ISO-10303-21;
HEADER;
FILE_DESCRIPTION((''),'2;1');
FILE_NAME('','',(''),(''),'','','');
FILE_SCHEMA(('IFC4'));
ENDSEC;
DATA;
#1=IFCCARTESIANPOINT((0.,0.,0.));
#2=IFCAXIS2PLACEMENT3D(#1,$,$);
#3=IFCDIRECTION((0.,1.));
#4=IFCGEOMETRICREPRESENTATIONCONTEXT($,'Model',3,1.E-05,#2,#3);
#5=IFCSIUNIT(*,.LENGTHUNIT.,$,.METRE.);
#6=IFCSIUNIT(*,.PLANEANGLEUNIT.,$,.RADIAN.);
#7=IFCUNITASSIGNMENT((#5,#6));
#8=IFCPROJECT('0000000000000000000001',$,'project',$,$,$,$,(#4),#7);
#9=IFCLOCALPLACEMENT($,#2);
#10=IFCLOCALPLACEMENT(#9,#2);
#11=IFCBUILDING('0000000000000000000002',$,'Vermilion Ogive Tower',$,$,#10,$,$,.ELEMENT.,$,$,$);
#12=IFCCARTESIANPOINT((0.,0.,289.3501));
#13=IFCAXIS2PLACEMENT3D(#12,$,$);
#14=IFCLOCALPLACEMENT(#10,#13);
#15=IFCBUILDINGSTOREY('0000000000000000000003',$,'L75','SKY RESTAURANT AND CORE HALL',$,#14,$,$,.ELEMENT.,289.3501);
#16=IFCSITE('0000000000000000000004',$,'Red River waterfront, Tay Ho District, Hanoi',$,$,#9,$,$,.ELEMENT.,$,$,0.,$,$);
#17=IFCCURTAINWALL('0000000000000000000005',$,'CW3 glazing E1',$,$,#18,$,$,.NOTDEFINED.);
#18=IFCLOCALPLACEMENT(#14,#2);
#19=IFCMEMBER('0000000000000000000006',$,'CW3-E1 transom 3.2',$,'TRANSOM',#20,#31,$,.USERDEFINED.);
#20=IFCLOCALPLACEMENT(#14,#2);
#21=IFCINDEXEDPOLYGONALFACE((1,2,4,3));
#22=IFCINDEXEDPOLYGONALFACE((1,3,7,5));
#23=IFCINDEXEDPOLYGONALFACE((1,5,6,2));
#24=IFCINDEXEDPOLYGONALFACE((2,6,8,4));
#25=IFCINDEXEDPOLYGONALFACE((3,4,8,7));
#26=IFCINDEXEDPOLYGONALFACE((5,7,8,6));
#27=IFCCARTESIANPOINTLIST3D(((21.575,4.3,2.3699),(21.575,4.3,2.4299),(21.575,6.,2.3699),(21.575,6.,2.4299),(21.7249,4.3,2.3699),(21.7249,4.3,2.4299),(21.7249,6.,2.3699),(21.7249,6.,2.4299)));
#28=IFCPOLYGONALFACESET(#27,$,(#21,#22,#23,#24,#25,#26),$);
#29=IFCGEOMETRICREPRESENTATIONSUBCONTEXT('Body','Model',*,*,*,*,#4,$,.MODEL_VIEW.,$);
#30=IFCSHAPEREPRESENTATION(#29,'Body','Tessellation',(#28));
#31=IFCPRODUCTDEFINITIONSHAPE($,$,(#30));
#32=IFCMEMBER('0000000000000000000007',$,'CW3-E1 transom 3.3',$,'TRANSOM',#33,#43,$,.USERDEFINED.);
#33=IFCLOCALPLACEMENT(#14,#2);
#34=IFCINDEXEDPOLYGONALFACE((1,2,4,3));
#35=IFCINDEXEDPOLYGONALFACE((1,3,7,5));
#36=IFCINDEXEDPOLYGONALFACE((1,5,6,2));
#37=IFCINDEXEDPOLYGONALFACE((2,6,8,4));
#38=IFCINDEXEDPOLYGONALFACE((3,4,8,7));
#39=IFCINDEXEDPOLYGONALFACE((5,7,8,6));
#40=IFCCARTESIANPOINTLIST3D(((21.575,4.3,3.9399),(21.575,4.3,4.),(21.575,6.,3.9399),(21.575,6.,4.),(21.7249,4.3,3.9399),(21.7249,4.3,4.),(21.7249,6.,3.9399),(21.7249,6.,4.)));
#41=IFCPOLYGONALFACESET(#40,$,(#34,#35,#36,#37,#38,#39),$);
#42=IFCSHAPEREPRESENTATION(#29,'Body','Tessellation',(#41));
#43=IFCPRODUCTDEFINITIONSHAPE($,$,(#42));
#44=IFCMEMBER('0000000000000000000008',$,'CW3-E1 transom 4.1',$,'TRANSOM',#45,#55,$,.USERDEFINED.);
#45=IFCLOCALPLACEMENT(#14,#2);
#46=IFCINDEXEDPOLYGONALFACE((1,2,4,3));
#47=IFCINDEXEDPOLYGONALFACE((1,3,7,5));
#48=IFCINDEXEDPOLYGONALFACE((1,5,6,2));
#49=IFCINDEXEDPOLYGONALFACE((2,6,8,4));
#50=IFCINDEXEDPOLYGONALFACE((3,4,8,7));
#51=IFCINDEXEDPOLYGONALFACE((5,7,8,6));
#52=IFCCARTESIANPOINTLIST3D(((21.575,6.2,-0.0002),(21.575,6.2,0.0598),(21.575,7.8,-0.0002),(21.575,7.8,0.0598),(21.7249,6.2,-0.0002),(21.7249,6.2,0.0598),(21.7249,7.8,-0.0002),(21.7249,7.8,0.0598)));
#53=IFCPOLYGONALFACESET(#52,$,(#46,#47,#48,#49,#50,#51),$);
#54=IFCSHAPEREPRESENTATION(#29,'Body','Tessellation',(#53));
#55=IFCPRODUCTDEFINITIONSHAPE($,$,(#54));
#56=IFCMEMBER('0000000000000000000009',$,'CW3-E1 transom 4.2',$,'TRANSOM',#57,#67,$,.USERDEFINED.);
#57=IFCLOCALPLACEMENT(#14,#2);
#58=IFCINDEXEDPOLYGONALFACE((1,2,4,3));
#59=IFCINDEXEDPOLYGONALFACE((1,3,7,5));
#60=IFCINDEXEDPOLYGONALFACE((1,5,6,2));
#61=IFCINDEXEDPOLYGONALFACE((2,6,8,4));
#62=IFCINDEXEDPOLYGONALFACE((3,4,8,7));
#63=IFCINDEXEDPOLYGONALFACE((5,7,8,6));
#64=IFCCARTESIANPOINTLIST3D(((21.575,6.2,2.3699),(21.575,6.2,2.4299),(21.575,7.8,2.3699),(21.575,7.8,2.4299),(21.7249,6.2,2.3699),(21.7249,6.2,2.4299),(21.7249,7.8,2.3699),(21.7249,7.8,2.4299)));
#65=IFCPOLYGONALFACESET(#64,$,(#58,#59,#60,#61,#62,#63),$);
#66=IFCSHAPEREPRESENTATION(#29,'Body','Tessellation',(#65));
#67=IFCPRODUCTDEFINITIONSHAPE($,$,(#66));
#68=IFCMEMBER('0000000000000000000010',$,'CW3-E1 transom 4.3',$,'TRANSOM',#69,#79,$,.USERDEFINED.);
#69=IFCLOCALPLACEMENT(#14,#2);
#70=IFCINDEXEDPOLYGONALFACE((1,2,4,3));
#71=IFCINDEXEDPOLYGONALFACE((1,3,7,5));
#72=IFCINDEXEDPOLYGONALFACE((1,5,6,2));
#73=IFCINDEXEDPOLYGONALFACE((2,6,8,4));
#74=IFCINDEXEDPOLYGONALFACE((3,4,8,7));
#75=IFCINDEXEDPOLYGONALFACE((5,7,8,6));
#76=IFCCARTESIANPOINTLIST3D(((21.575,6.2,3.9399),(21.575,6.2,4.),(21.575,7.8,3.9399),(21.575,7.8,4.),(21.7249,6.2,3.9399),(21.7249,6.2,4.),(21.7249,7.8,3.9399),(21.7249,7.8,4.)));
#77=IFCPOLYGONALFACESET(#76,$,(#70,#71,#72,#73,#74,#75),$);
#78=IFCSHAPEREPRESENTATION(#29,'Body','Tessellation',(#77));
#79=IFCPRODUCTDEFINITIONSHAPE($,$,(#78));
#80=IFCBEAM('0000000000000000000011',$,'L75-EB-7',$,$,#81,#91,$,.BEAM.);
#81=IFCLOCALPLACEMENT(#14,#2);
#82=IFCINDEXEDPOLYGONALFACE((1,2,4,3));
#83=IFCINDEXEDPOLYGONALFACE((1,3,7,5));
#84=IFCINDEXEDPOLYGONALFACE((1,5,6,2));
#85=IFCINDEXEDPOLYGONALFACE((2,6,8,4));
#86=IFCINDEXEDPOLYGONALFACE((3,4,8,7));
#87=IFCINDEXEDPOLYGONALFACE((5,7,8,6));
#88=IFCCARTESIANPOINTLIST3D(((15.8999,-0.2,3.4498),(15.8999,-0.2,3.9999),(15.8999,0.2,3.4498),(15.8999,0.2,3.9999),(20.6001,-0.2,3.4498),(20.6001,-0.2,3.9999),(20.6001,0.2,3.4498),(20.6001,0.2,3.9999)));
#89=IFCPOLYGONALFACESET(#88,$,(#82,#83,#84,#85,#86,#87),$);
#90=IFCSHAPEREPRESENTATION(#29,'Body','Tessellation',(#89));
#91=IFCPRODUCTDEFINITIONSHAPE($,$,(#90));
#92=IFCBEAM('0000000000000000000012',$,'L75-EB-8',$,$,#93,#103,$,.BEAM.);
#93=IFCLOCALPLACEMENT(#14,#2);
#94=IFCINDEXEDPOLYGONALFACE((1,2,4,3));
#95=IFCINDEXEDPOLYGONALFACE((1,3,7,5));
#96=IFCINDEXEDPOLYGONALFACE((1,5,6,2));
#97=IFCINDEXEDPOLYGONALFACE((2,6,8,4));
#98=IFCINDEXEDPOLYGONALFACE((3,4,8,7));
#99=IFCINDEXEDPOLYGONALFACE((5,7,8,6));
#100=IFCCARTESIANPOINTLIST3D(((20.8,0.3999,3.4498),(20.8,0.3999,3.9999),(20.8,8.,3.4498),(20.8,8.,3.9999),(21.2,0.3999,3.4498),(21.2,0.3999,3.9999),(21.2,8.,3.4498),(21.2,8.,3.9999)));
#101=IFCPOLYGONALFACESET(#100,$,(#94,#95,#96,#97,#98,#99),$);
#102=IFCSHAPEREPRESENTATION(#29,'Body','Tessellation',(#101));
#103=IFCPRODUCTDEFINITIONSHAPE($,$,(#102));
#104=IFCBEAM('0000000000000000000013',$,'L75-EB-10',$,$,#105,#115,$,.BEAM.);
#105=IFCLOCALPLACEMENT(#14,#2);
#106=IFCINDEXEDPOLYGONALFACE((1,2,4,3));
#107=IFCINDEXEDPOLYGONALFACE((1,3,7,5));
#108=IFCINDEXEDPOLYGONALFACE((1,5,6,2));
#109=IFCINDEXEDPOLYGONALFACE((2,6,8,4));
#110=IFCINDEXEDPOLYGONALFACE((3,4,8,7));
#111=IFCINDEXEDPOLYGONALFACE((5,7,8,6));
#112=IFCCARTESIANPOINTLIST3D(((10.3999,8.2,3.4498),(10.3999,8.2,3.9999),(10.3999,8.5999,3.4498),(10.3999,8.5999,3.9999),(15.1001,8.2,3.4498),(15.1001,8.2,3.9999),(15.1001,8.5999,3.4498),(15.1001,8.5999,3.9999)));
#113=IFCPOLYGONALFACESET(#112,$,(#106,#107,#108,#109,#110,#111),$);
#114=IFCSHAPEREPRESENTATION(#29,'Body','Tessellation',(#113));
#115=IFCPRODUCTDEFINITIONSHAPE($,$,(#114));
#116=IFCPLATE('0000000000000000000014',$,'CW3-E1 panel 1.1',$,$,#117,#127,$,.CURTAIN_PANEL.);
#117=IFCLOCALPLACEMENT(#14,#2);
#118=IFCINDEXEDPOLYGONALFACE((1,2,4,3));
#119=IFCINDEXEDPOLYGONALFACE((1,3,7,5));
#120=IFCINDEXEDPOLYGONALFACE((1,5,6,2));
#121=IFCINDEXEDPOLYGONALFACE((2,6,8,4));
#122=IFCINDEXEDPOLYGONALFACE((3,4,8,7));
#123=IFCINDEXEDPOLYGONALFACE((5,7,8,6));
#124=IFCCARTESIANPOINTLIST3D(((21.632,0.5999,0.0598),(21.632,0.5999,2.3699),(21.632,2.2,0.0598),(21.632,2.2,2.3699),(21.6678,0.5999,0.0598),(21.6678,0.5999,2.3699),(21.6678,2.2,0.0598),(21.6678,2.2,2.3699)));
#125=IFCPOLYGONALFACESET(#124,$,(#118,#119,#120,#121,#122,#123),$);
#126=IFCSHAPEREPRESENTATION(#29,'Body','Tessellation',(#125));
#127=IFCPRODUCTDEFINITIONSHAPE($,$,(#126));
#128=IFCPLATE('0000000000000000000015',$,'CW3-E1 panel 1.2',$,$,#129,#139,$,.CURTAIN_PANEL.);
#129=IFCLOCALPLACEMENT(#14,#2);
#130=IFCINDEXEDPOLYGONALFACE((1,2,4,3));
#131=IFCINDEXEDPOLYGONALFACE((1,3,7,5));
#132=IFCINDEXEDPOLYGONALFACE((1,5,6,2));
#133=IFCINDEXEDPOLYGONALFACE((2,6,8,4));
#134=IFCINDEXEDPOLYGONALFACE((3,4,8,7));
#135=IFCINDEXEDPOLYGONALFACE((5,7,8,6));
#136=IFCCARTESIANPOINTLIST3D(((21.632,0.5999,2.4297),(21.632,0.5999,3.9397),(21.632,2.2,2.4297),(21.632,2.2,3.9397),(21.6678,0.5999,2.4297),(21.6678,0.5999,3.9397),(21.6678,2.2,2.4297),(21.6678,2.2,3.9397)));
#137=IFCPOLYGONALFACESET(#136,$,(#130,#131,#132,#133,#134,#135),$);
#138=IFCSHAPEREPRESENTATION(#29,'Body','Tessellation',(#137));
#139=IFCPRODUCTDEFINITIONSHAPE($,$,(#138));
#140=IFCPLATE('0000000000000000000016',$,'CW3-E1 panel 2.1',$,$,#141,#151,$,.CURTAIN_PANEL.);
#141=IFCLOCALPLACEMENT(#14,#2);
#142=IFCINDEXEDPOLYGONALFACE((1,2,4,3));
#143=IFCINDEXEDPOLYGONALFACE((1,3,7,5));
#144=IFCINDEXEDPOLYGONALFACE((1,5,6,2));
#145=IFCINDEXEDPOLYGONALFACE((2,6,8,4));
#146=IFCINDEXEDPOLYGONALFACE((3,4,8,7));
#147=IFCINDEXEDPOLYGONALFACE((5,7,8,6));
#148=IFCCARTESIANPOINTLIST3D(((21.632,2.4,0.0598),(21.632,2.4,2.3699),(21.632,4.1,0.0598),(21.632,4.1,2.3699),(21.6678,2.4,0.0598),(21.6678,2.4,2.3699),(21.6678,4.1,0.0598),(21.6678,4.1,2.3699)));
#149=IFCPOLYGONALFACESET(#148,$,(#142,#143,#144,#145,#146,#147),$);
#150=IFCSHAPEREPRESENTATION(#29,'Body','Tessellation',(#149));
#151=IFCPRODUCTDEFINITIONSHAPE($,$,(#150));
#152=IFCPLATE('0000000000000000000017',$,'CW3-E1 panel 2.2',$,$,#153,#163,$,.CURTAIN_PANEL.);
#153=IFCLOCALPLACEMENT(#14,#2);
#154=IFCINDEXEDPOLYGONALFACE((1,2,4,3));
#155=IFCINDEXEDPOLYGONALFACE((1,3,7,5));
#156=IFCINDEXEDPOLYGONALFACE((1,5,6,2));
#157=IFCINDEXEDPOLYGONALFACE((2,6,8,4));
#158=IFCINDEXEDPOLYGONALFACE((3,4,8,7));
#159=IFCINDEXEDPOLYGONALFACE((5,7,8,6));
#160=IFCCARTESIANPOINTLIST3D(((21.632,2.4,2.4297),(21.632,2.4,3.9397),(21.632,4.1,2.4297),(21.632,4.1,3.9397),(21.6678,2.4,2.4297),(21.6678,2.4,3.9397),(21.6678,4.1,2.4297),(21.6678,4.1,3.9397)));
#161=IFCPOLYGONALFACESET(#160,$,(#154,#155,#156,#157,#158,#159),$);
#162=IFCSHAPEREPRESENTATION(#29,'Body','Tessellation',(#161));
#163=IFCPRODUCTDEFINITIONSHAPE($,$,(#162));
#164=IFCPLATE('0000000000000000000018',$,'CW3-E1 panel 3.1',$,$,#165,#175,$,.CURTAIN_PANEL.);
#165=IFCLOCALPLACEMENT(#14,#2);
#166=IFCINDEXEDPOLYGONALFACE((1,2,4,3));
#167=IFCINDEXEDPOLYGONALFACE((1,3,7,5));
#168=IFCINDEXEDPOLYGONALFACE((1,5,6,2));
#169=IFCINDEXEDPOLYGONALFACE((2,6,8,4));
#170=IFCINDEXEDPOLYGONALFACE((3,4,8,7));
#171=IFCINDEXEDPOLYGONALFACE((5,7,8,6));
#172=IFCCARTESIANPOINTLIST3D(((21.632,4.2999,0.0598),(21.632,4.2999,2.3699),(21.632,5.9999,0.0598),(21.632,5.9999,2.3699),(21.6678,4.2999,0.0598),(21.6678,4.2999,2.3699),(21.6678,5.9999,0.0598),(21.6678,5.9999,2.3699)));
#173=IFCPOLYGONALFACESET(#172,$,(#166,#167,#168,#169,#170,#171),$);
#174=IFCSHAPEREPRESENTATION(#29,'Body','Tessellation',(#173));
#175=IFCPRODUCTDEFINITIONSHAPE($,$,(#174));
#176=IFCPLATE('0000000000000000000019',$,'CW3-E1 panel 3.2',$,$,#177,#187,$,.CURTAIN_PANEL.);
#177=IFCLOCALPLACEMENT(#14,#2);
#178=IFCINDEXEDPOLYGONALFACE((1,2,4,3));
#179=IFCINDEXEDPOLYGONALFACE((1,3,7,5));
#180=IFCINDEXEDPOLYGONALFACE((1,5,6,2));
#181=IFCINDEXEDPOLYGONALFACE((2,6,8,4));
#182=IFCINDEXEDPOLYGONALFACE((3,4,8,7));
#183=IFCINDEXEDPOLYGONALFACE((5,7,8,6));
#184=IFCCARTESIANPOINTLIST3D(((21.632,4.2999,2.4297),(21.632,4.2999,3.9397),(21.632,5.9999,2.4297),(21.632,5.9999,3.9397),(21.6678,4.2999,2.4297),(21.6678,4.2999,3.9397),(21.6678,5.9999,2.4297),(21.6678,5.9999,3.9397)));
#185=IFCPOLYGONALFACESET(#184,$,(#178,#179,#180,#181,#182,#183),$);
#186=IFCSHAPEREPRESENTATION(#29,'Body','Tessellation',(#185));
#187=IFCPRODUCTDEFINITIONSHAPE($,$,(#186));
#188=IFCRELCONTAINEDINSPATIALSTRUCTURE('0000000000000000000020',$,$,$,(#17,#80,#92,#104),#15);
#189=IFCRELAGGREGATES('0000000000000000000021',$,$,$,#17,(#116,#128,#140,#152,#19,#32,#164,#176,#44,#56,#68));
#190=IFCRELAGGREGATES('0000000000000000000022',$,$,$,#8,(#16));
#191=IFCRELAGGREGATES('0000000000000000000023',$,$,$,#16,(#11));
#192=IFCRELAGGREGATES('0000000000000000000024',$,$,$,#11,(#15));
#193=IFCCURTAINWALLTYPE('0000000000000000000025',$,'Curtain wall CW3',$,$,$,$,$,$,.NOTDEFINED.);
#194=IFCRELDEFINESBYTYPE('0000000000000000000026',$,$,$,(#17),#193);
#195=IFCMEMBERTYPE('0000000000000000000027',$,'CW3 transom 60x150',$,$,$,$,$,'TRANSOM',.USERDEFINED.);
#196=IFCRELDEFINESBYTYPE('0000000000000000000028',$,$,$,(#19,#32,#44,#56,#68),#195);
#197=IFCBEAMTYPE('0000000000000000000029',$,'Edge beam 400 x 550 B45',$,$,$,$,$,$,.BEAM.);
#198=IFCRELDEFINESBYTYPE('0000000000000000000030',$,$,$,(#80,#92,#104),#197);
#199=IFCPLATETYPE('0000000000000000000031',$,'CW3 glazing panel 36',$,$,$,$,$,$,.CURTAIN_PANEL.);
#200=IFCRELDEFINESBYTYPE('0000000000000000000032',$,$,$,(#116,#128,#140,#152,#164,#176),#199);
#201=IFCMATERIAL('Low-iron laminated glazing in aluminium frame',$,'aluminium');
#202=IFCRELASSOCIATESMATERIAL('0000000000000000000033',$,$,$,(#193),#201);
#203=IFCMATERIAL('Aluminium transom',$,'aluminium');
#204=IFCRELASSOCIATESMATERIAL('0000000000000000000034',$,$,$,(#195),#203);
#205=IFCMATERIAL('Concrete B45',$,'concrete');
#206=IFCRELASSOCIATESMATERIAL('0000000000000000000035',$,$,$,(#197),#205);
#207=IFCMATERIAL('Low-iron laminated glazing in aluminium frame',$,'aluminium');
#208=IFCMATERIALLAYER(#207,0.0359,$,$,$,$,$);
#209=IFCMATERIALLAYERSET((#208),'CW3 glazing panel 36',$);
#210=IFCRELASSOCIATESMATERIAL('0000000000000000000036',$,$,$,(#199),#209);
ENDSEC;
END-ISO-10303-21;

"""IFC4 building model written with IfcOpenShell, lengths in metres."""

from ifc_helpers import new_model, si_unit, direction, frame, origin, origin_2d, place, context, subcontext, project, spatial, rectangle, extrude, material, layer, layer_set, material_profile, profile_set, type_object, element, aggregate, save


model = new_model("IFC4")

# Units and contexts
model_context = context("Model", 3, precision=1e-05, world=origin(), true_north=direction((0.0, 1.0)))
body_context = subcontext(model_context, "Body", "Model", "MODEL_VIEW")
ifc_project = project(units=[si_unit("LENGTHUNIT", "METRE"), si_unit("PLANEANGLEUNIT", "RADIAN")], contexts=[model_context])

# Site, building, storey
site_placement = place(None, origin())
site = spatial("IfcSite", under=ifc_project, at=site_placement, Name="Red River waterfront, Tay Ho District, Hanoi", CompositionType="ELEMENT", RefElevation=0.0)
building_placement = place(site_placement, origin())
building = spatial("IfcBuilding", under=site, at=building_placement, Name="Vermilion Ogive Tower", CompositionType="ELEMENT")
storey_placement = place(building_placement, frame((0.0, 0.0, 289.3501)))
storey = spatial("IfcBuildingStorey", under=building, at=storey_placement, Name="L75", Description="SKY RESTAURANT AND CORE HALL", CompositionType="ELEMENT", Elevation=289.3501)

# Curtain wall, members
ifc_material_1 = material(Name="Low-iron laminated glazing in aluminium frame", Category="aluminium")
curtain_wall_type = type_object("IfcCurtainWallType", Name="Curtain wall CW3", PredefinedType="NOTDEFINED", material=ifc_material_1)
curtain_wall_placement = place(storey_placement, origin())
curtain_wall = element("IfcCurtainWall", 1, at=curtain_wall_placement, inside=storey, type_object=curtain_wall_type, Name="CW3 glazing E1", PredefinedType="NOTDEFINED")
ifc_material_2 = material(Name="Aluminium transom", Category="aluminium")
ifc_material_profile_1 = material_profile(ifc_material_2, rectangle(XDim=0.1499, YDim=0.0601, at=origin_2d()), Name="AL 60x150")
ifc_profile_set_1 = profile_set([ifc_material_profile_1], Name="Aluminium transom")
member_type_1 = type_object("IfcMemberType", Name="CW3 transom 60x150", ElementType="TRANSOM", PredefinedType="USERDEFINED", material=ifc_profile_set_1)
member_1_placement = place(storey_placement, frame((21.6499, 4.3, 2.3999), z_axis=(0.0, 1.0, 0.0), x_axis=(-1.0, 0.0, 0.0)))
member_1 = element("IfcMember", 2, at=member_1_placement, type_object=member_type_1, Name="CW3-E1 transom 3.2", ObjectType="TRANSOM", PredefinedType="USERDEFINED", context=body_context, shape_type="SweptSolid", body=[
    extrude(rectangle(XDim=0.1499, YDim=0.0601, at=origin_2d()), origin(), (0.0, 0.0, 1.0), 1.7),
])
member_2_placement = place(storey_placement, frame((21.6499, 4.3, 3.97), z_axis=(0.0, 1.0, 0.0), x_axis=(-1.0, 0.0, 0.0)))
member_2 = element("IfcMember", 3, at=member_2_placement, type_object=member_type_1, Name="CW3-E1 transom 3.3", ObjectType="TRANSOM", PredefinedType="USERDEFINED", context=body_context, shape_type="SweptSolid", body=[
    extrude(rectangle(XDim=0.1499, YDim=0.0601, at=origin_2d()), origin(), (0.0, 0.0, 1.0), 1.7),
])
member_3_placement = place(storey_placement, frame((21.6499, 6.2, 0.0298), z_axis=(0.0, 1.0, 0.0), x_axis=(-1.0, 0.0, 0.0)))
member_3 = element("IfcMember", 4, at=member_3_placement, type_object=member_type_1, Name="CW3-E1 transom 4.1", ObjectType="TRANSOM", PredefinedType="USERDEFINED", context=body_context, shape_type="SweptSolid", body=[
    extrude(rectangle(XDim=0.1499, YDim=0.0601, at=origin_2d()), origin(), (0.0, 0.0, 1.0), 1.6001),
])
member_4_placement = place(storey_placement, frame((21.6499, 6.2, 2.3999), z_axis=(0.0, 1.0, 0.0), x_axis=(-1.0, 0.0, 0.0)))
member_4 = element("IfcMember", 5, at=member_4_placement, type_object=member_type_1, Name="CW3-E1 transom 4.2", ObjectType="TRANSOM", PredefinedType="USERDEFINED", context=body_context, shape_type="SweptSolid", body=[
    extrude(rectangle(XDim=0.1499, YDim=0.0601, at=origin_2d()), origin(), (0.0, 0.0, 1.0), 1.6001),
])
member_5_placement = place(storey_placement, frame((21.6499, 6.2, 3.97), z_axis=(0.0, 1.0, 0.0), x_axis=(-1.0, 0.0, 0.0)))
member_5 = element("IfcMember", 6, at=member_5_placement, type_object=member_type_1, Name="CW3-E1 transom 4.3", ObjectType="TRANSOM", PredefinedType="USERDEFINED", context=body_context, shape_type="SweptSolid", body=[
    extrude(rectangle(XDim=0.1499, YDim=0.0601, at=origin_2d()), origin(), (0.0, 0.0, 1.0), 1.6001),
])

# Beams
ifc_material_3 = material(Name="Concrete B45", Category="concrete")
ifc_material_profile_2 = material_profile(ifc_material_3, rectangle(XDim=0.3999, YDim=0.55, at=origin_2d()), Name="400 x 550")
ifc_profile_set_2 = profile_set([ifc_material_profile_2], Name="Concrete B45")
beam_type = type_object("IfcBeamType", Name="Edge beam 400 x 550 B45", PredefinedType="BEAM", material=ifc_profile_set_2)
beam_1_placement = place(storey_placement, frame((15.8999, 0.0, 3.7249), z_axis=(1.0, 0.0, 0.0), x_axis=(0.0, 1.0, 0.0)))
element("IfcBeam", 7, at=beam_1_placement, inside=storey, type_object=beam_type, Name="L75-EB-7", PredefinedType="BEAM", context=body_context, shape_type="SweptSolid", body=[
    extrude(rectangle(XDim=0.3999, YDim=0.55, at=origin_2d()), origin(), (0.0, 0.0, 1.0), 4.7002),
])
beam_2_placement = place(storey_placement, frame((21.0, 0.3999, 3.7249), z_axis=(0.0, 1.0, 0.0), x_axis=(-1.0, 0.0, 0.0)))
element("IfcBeam", 8, at=beam_2_placement, inside=storey, type_object=beam_type, Name="L75-EB-8", PredefinedType="BEAM", context=body_context, shape_type="SweptSolid", body=[
    extrude(rectangle(XDim=0.3999, YDim=0.55, at=origin_2d()), origin(), (0.0, 0.0, 1.0), 7.6001),
])
beam_3_placement = place(storey_placement, frame((15.1001, 8.3999, 3.7249), z_axis=(-1.0, 0.0, 0.0), x_axis=(0.0, -1.0, 0.0)))
element("IfcBeam", 9, at=beam_3_placement, inside=storey, type_object=beam_type, Name="L75-EB-10", PredefinedType="BEAM", context=body_context, shape_type="SweptSolid", body=[
    extrude(rectangle(XDim=0.3999, YDim=0.55, at=origin_2d()), origin(), (0.0, 0.0, 1.0), 4.7002),
])

# Plates
ifc_material_4 = material(Name="Low-iron laminated glazing in aluminium frame", Category="aluminium")
ifc_layer_1 = layer(ifc_material_4, 0.0359)
ifc_layer_set_1 = layer_set([ifc_layer_1], Name="CW3 glazing panel 36")
plate_type = type_object("IfcPlateType", Name="CW3 glazing panel 36", PredefinedType="CURTAIN_PANEL", material=ifc_layer_set_1)
plate_1_placement = place(storey_placement, frame((21.6499, 1.3999, 0.0598), z_axis=(0.0, 0.0, 1.0), x_axis=(0.0, 1.0, 0.0)))
plate_1 = element("IfcPlate", 10, at=plate_1_placement, type_object=plate_type, Name="CW3-E1 panel 1.1", PredefinedType="CURTAIN_PANEL", context=body_context, shape_type="SweptSolid", body=[
    extrude(rectangle(XDim=1.6001, YDim=0.0359, at=origin_2d()), origin(), (0.0, 0.0, 1.0), 2.3101),
])
plate_2_placement = place(storey_placement, frame((21.6499, 1.3999, 2.4297), z_axis=(0.0, 0.0, 1.0), x_axis=(0.0, 1.0, 0.0)))
plate_2 = element("IfcPlate", 11, at=plate_2_placement, type_object=plate_type, Name="CW3-E1 panel 1.2", PredefinedType="CURTAIN_PANEL", context=body_context, shape_type="SweptSolid", body=[
    extrude(rectangle(XDim=1.6001, YDim=0.0359, at=origin_2d()), origin(), (0.0, 0.0, 1.0), 1.51),
])
plate_3_placement = place(storey_placement, frame((21.6499, 3.25, 0.0598), z_axis=(0.0, 0.0, 1.0), x_axis=(0.0, 1.0, 0.0)))
plate_3 = element("IfcPlate", 12, at=plate_3_placement, type_object=plate_type, Name="CW3-E1 panel 2.1", PredefinedType="CURTAIN_PANEL", context=body_context, shape_type="SweptSolid", body=[
    extrude(rectangle(XDim=1.7, YDim=0.0359, at=origin_2d()), origin(), (0.0, 0.0, 1.0), 2.3101),
])
plate_4_placement = place(storey_placement, frame((21.6499, 3.25, 2.4297), z_axis=(0.0, 0.0, 1.0), x_axis=(0.0, 1.0, 0.0)))
plate_4 = element("IfcPlate", 13, at=plate_4_placement, type_object=plate_type, Name="CW3-E1 panel 2.2", PredefinedType="CURTAIN_PANEL", context=body_context, shape_type="SweptSolid", body=[
    extrude(rectangle(XDim=1.7, YDim=0.0359, at=origin_2d()), origin(), (0.0, 0.0, 1.0), 1.51),
])
plate_5_placement = place(storey_placement, frame((21.6499, 5.1499, 0.0598), z_axis=(0.0, 0.0, 1.0), x_axis=(0.0, 1.0, 0.0)))
plate_5 = element("IfcPlate", 14, at=plate_5_placement, type_object=plate_type, Name="CW3-E1 panel 3.1", PredefinedType="CURTAIN_PANEL", context=body_context, shape_type="SweptSolid", body=[
    extrude(rectangle(XDim=1.7, YDim=0.0359, at=origin_2d()), origin(), (0.0, 0.0, 1.0), 2.3101),
])
plate_6_placement = place(storey_placement, frame((21.6499, 5.1499, 2.4297), z_axis=(0.0, 0.0, 1.0), x_axis=(0.0, 1.0, 0.0)))
plate_6 = element("IfcPlate", 15, at=plate_6_placement, type_object=plate_type, Name="CW3-E1 panel 3.2", PredefinedType="CURTAIN_PANEL", context=body_context, shape_type="SweptSolid", body=[
    extrude(rectangle(XDim=1.7, YDim=0.0359, at=origin_2d()), origin(), (0.0, 0.0, 1.0), 1.51),
])
aggregate(curtain_wall, [plate_1, plate_2, plate_3, plate_4, member_1, member_2, plate_5, plate_6, member_3, member_4, member_5])

save(model, "model.ifc")
